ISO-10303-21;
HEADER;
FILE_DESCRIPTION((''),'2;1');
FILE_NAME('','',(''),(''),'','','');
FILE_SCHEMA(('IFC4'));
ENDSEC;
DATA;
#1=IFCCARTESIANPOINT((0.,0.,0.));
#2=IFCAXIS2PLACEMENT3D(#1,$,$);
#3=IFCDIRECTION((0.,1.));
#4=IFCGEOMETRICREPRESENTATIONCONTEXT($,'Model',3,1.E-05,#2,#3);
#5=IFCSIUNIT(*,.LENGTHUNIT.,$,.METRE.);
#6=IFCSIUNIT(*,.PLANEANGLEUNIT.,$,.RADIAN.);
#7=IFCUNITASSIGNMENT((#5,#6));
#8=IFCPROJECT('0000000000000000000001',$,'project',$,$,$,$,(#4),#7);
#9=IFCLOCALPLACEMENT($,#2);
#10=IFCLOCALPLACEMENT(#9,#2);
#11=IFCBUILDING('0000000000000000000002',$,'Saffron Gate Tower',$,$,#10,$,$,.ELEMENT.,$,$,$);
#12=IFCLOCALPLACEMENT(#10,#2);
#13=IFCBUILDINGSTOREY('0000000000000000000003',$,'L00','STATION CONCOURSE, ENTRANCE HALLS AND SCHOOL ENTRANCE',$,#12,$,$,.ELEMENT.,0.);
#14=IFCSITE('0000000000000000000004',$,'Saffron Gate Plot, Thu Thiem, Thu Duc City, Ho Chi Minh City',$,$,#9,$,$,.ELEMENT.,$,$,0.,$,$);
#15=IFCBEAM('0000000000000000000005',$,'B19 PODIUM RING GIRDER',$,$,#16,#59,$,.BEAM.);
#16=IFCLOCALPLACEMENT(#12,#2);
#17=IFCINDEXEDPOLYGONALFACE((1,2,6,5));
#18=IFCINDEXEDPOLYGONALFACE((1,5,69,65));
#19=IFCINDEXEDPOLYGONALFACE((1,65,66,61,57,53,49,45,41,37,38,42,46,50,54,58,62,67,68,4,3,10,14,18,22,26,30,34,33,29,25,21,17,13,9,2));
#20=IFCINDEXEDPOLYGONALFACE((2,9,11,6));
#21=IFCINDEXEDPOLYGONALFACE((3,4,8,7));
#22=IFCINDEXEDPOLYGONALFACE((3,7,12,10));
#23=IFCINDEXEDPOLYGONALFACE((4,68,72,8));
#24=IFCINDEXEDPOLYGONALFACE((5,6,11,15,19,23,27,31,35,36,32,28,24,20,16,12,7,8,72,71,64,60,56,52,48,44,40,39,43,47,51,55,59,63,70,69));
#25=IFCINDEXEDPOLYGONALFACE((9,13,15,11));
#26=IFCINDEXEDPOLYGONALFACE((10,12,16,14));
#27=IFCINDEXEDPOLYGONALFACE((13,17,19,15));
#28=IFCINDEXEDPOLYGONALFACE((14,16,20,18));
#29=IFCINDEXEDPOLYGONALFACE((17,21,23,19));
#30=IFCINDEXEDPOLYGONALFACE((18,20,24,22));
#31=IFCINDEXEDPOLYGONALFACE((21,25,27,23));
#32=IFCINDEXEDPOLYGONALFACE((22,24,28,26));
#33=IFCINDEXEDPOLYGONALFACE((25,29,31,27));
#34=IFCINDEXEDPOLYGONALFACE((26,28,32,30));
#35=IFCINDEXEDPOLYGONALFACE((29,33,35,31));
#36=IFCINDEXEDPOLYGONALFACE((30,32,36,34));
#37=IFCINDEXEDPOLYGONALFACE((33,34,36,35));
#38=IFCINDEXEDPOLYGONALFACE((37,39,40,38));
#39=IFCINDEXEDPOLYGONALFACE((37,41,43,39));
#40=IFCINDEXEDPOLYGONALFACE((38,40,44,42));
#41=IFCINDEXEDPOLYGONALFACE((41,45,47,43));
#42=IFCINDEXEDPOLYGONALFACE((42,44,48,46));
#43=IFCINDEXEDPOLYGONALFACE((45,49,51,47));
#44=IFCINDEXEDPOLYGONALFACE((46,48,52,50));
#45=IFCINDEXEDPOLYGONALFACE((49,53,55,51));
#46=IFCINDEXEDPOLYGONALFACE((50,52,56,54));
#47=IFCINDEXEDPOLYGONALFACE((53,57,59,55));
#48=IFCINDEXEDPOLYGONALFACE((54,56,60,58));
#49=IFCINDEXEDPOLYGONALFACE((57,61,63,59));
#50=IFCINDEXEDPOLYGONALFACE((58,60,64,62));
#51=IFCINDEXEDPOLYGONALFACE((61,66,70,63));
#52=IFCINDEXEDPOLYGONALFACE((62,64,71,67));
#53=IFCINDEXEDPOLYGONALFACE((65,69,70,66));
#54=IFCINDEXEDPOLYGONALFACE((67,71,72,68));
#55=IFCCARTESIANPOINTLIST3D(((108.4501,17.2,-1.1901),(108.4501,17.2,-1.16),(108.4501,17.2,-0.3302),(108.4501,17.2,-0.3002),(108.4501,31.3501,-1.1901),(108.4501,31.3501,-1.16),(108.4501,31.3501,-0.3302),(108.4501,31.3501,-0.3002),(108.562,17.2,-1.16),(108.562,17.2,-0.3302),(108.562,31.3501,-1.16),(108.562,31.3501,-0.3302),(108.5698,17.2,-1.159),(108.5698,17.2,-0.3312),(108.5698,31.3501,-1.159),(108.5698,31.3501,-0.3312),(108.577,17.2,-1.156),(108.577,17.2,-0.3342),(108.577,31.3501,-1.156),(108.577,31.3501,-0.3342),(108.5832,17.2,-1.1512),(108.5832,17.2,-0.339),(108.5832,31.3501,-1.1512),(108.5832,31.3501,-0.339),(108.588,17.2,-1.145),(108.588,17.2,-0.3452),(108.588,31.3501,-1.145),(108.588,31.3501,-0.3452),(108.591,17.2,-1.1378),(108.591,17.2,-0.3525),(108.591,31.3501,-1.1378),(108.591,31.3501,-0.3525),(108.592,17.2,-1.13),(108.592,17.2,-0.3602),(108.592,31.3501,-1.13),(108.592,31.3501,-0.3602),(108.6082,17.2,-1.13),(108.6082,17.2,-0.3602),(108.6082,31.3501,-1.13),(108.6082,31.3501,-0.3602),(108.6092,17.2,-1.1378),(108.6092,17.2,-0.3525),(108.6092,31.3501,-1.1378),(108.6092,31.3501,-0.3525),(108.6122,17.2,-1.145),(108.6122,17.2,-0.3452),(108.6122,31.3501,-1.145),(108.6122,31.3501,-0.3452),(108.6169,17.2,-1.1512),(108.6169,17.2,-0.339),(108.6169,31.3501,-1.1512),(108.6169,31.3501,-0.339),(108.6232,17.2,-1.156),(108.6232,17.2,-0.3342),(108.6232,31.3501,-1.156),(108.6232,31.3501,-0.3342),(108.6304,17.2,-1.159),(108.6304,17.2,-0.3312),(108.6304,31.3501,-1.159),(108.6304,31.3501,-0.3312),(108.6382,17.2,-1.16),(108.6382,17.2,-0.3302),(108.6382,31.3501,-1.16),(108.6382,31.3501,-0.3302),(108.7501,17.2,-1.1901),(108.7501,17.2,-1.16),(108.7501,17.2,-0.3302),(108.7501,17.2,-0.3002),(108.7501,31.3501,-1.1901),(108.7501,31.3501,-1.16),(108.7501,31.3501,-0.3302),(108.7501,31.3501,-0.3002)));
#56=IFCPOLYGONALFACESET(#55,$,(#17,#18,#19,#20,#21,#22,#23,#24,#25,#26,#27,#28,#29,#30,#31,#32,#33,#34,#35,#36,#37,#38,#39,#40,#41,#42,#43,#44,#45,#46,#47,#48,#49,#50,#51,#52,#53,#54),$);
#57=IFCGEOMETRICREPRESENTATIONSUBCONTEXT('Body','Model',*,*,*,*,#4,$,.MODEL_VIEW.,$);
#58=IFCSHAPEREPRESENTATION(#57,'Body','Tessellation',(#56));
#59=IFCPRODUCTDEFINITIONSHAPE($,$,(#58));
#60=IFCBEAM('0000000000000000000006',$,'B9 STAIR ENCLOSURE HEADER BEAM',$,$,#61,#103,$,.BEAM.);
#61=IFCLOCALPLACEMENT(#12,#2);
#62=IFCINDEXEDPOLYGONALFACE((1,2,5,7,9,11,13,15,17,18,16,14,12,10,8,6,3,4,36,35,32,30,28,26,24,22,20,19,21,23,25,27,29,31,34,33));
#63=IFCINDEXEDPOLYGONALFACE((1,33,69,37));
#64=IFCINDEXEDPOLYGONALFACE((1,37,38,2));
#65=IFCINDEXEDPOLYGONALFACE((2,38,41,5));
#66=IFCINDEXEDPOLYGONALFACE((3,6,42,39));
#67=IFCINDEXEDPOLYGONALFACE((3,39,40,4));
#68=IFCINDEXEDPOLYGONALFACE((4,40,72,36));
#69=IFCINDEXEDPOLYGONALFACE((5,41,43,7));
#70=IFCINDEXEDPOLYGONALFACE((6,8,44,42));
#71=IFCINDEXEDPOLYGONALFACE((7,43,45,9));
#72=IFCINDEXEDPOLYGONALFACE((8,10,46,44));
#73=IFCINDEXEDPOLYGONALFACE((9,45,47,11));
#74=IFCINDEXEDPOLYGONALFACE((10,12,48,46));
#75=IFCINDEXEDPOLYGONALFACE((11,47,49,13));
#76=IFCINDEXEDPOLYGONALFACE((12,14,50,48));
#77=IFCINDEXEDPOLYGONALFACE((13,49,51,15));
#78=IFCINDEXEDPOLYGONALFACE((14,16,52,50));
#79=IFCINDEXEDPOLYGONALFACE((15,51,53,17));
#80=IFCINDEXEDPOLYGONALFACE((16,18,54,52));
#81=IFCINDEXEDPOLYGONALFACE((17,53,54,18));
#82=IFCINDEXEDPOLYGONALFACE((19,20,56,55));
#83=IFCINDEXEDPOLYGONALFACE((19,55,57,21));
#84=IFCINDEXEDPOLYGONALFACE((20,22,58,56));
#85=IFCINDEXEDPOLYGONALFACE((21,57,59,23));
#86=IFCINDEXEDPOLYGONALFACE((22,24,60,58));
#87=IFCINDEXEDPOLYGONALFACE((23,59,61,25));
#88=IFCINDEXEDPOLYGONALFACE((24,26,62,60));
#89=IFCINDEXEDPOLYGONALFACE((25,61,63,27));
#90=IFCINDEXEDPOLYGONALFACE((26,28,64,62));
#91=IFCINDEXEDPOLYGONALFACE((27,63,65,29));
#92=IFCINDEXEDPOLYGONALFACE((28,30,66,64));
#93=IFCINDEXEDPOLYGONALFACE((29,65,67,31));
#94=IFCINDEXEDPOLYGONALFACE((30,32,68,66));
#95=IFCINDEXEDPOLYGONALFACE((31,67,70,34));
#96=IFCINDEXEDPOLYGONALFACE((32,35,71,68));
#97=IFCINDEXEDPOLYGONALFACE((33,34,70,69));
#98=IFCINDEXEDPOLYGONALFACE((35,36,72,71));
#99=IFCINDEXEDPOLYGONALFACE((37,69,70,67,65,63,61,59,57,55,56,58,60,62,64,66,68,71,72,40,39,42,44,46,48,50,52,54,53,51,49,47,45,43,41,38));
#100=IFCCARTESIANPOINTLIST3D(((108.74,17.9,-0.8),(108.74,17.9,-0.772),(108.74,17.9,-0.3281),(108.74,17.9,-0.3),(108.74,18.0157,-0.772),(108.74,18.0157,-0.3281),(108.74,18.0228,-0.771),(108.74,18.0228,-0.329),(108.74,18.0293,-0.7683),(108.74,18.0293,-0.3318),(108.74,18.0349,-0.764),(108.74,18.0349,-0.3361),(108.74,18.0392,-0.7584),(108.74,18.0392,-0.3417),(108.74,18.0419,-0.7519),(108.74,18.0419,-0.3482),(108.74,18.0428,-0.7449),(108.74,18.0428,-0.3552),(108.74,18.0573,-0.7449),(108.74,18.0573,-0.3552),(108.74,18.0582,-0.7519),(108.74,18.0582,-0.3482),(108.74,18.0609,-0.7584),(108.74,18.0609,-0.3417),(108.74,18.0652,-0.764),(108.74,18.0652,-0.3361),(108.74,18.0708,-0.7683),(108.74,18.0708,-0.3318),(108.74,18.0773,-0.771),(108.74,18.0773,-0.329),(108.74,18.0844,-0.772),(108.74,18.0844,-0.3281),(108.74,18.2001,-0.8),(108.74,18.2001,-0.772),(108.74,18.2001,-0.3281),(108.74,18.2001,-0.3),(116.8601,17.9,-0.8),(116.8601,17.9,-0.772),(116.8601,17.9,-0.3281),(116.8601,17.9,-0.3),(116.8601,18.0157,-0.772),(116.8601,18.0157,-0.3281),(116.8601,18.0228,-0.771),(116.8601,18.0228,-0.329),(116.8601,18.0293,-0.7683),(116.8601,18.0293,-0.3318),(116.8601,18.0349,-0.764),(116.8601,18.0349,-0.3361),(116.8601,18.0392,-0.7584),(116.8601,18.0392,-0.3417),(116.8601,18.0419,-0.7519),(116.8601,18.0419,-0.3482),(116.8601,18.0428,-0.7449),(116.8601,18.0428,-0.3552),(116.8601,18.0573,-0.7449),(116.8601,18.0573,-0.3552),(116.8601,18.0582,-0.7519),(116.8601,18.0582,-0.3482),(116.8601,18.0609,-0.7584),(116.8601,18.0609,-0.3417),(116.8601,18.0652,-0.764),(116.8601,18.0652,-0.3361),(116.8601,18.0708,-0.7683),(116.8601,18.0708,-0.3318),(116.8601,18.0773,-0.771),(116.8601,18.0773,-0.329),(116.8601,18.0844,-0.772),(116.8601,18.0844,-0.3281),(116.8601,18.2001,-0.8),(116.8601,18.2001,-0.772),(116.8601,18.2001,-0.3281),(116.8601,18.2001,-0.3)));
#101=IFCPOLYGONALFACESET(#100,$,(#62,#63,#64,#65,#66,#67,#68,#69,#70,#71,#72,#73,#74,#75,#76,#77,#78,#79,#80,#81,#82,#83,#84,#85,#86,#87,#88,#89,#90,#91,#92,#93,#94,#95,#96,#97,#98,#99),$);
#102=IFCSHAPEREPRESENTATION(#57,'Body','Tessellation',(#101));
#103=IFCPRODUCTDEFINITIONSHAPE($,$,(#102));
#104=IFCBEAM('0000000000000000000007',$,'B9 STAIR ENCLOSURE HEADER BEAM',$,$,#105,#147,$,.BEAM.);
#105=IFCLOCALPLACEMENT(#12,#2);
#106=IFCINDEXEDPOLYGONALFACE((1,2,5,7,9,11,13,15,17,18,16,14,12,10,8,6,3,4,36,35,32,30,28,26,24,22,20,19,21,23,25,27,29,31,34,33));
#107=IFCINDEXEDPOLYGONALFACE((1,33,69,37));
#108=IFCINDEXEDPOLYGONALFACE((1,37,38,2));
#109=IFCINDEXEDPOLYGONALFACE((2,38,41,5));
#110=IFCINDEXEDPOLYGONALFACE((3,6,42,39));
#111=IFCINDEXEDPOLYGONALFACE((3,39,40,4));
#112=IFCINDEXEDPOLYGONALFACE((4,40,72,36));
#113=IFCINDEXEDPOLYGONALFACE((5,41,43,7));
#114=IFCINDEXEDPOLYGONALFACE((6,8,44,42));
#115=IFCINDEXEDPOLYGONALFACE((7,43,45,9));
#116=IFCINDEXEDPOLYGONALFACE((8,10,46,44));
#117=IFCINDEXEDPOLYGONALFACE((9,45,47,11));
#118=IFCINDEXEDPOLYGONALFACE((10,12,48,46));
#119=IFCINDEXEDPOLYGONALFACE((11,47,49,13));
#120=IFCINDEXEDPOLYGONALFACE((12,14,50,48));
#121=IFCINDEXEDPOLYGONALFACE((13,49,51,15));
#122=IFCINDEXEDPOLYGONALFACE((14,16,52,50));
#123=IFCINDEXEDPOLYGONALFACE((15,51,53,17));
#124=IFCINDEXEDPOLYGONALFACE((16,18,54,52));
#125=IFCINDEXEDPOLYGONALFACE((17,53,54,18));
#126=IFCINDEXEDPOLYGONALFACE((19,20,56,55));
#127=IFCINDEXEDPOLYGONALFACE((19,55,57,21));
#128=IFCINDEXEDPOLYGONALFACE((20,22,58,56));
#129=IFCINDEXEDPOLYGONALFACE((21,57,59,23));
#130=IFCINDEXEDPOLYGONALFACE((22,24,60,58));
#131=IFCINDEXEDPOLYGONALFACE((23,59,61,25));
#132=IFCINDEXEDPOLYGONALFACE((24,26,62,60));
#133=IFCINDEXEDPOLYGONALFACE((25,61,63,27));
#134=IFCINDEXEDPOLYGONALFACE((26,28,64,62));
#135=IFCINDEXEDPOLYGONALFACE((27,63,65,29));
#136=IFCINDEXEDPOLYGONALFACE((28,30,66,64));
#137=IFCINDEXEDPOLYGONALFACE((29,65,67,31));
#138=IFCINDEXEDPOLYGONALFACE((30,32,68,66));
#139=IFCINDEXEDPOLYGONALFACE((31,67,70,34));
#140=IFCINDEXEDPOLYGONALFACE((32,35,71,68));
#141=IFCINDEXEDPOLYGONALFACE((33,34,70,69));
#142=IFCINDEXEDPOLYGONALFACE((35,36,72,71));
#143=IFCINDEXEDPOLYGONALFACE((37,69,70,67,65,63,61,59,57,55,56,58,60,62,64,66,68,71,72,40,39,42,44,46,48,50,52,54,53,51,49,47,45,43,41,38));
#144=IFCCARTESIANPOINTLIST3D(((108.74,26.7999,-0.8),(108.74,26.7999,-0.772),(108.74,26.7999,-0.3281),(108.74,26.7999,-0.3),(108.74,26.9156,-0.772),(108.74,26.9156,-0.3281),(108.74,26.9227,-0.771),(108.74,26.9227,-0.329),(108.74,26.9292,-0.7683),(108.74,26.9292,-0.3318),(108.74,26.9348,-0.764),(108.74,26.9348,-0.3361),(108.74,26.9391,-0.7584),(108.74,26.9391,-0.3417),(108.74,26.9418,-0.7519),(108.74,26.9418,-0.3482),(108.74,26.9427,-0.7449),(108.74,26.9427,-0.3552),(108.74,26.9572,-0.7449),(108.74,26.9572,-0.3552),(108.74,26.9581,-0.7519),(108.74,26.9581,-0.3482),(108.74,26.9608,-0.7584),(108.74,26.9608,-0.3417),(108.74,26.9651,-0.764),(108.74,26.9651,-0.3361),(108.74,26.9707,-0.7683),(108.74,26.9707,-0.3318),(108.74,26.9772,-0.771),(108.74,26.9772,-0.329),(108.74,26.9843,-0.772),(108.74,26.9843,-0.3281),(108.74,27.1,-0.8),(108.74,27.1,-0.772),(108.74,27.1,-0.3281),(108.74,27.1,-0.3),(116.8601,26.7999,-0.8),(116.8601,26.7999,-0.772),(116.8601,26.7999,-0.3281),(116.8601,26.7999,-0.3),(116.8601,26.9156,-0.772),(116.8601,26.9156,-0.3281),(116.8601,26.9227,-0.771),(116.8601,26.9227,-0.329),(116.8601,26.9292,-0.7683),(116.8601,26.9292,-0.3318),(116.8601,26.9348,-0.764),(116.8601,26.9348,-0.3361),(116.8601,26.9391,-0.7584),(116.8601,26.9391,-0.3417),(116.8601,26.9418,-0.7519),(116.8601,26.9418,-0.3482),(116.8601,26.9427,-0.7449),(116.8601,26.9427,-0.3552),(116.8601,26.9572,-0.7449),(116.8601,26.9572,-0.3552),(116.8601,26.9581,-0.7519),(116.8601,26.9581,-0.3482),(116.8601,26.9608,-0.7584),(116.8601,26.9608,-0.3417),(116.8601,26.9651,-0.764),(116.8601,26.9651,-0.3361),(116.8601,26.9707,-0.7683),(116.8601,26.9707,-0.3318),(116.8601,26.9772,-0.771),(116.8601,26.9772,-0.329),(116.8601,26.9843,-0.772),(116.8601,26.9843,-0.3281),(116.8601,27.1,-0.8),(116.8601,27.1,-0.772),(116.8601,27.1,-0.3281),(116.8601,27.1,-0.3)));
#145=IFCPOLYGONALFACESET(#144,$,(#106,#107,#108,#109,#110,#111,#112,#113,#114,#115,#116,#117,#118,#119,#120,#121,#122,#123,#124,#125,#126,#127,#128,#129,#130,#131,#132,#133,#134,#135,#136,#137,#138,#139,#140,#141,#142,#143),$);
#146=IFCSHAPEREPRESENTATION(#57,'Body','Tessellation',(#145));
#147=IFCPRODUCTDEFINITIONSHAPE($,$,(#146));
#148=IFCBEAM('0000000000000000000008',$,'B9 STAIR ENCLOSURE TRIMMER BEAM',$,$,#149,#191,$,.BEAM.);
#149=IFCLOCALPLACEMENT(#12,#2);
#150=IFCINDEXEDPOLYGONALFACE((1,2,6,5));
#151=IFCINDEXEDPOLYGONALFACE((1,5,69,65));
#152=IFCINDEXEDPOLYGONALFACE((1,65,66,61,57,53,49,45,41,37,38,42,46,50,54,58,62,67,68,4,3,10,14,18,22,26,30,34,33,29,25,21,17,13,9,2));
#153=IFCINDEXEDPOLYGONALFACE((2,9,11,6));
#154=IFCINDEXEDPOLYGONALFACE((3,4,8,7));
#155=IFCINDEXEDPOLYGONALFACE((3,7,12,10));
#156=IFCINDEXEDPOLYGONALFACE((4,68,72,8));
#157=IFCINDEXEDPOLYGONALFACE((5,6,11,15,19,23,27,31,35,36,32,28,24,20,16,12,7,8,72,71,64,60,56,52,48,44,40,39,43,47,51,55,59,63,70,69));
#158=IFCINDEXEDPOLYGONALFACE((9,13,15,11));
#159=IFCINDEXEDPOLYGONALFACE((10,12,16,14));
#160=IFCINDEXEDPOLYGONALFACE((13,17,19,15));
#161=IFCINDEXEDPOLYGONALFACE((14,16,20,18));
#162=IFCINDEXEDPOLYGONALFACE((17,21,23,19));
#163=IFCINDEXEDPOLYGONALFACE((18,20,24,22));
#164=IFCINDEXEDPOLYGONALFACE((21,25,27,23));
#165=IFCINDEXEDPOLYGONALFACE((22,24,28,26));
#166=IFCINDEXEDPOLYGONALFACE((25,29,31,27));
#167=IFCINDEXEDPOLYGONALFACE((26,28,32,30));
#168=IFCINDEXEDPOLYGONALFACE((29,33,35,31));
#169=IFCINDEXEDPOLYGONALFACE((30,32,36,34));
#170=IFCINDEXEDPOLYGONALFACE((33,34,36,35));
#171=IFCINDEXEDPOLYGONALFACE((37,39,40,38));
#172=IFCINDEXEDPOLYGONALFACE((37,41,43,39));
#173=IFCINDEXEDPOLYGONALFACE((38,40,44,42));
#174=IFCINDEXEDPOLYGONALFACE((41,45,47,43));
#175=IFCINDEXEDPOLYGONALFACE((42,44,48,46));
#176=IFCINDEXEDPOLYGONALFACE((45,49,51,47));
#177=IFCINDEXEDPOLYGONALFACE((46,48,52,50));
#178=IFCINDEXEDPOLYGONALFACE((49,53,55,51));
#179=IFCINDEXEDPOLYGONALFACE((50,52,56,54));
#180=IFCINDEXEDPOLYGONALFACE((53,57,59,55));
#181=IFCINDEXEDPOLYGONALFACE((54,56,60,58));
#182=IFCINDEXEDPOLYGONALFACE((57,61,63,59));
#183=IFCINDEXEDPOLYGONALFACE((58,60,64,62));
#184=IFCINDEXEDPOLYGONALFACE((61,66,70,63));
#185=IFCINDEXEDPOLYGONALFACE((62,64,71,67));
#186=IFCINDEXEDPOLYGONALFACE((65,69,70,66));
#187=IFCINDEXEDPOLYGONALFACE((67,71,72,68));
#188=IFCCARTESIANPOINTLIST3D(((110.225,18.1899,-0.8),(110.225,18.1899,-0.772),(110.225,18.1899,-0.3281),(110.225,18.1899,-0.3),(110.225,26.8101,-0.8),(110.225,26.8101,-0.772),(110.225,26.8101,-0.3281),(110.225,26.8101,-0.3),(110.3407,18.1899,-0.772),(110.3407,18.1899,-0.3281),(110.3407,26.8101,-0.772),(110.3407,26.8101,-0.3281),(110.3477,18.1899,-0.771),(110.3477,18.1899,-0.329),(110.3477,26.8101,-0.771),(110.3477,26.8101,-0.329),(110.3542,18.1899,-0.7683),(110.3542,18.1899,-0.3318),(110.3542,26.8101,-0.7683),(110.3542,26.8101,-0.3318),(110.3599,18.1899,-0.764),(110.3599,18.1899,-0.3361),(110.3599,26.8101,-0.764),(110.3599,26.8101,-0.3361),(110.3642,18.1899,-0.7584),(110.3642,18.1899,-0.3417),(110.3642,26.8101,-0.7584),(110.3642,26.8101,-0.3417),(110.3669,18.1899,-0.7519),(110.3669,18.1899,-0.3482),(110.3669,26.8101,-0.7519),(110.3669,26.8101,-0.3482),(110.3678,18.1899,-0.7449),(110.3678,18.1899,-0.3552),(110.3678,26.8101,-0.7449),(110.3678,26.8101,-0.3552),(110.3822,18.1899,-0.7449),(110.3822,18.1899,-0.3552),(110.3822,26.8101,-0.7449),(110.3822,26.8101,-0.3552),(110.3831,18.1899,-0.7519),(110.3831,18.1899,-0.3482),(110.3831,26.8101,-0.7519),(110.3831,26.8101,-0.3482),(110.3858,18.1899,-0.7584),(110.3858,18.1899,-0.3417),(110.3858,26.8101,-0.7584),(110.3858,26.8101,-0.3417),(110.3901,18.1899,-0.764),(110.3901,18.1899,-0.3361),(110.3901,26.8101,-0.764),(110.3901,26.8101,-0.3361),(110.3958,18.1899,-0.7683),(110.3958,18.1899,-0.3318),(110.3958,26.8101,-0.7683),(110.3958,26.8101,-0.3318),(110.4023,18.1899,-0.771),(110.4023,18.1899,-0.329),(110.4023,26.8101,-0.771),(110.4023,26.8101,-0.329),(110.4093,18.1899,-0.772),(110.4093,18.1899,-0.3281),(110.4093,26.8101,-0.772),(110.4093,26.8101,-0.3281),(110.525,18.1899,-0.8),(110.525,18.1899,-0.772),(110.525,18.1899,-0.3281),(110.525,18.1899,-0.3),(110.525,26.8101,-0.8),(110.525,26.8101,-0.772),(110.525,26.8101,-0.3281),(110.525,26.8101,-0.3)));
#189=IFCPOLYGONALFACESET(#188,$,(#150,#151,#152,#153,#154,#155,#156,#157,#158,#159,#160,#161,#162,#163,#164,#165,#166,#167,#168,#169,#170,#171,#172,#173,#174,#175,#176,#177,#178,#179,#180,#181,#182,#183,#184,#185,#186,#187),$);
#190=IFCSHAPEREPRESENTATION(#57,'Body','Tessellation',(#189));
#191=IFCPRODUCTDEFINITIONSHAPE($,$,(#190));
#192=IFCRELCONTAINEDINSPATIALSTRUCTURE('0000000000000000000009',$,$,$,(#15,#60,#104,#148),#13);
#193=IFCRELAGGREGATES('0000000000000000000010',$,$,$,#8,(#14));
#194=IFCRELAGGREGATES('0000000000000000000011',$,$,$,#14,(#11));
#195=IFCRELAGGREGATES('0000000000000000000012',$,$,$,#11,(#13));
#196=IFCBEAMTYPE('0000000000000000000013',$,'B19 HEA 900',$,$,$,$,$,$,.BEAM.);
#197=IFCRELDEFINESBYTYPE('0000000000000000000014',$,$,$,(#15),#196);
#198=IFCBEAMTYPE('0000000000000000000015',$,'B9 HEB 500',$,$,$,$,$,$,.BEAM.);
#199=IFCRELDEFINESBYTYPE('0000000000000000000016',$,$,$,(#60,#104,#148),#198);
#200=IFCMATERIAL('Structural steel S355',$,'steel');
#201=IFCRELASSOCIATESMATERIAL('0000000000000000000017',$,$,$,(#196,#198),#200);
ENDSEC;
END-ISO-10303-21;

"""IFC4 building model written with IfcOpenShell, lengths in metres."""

from ifc_helpers import new_model, si_unit, direction, frame, origin, origin_2d, place, context, subcontext, project, spatial, i_section, extrude, material, material_profile, profile_set, type_object, element, save


model = new_model("IFC4")

# Units and contexts
model_context = context("Model", 3, precision=1e-05, world=origin(), true_north=direction((0.0, 1.0)))
body_context = subcontext(model_context, "Body", "Model", "MODEL_VIEW")
ifc_project = project(units=[si_unit("LENGTHUNIT", "METRE"), si_unit("PLANEANGLEUNIT", "RADIAN")], contexts=[model_context])

# Site, building, storey
site_placement = place(None, origin())
site = spatial("IfcSite", under=ifc_project, at=site_placement, Name="Saffron Gate Plot, Thu Thiem, Thu Duc City, Ho Chi Minh City", CompositionType="ELEMENT", RefElevation=0.0)
building_placement = place(site_placement, origin())
building = spatial("IfcBuilding", under=site, at=building_placement, Name="Saffron Gate Tower", CompositionType="ELEMENT")
storey_placement = place(building_placement, origin())
storey = spatial("IfcBuildingStorey", under=building, at=storey_placement, Name="L00", Description="STATION CONCOURSE, ENTRANCE HALLS AND SCHOOL ENTRANCE", CompositionType="ELEMENT", Elevation=0.0)

# Beams
ifc_material_1 = material(Name="Structural steel S355", Category="steel")
ifc_material_profile_1 = material_profile(ifc_material_1, i_section(OverallWidth=0.3, OverallDepth=0.8899, WebThickness=0.0161, FlangeThickness=0.03, FilletRadius=0.03, at=origin_2d()))
ifc_profile_set_1 = profile_set([ifc_material_profile_1], Name="Structural steel S355")
beam_type_1 = type_object("IfcBeamType", Name="B19 HEA 900", PredefinedType="BEAM", material=ifc_profile_set_1)
for number, where, z_axis, x_axis, name in (
    (1, (108.6001, 17.2, -0.7451), (0.0, 1.0, 0.0), (-1.0, 0.0, 0.0), "B19 PODIUM RING GIRDER"),
):
    element("IfcBeam", number, at=place(storey_placement, frame(where, z_axis=z_axis, x_axis=x_axis)), inside=storey, type_object=beam_type_1, Name=name, PredefinedType="BEAM", context=body_context, shape_type="SweptSolid", body=[
        extrude(i_section(OverallWidth=0.3, OverallDepth=0.8899, WebThickness=0.0161, FlangeThickness=0.03, FilletRadius=0.03, at=origin_2d()), origin(), (0.0, 0.0, 1.0), 14.1501),
    ])
ifc_material_profile_2 = material_profile(ifc_material_1, i_section(OverallWidth=0.3, OverallDepth=0.5, WebThickness=0.0144, FlangeThickness=0.0281, FilletRadius=0.0271, at=origin_2d()))
ifc_profile_set_2 = profile_set([ifc_material_profile_2], Name="Structural steel S355")
beam_type_2 = type_object("IfcBeamType", Name="B9 HEB 500", PredefinedType="BEAM", material=ifc_profile_set_2)
for number, where, z_axis, x_axis, name in (
    (2, (108.74, 18.05, -0.55), (1.0, 0.0, 0.0), (0.0, 1.0, 0.0), "B9 STAIR ENCLOSURE HEADER BEAM"),
    (3, (108.74, 26.95, -0.55), (1.0, 0.0, 0.0), (0.0, 1.0, 0.0), "B9 STAIR ENCLOSURE HEADER BEAM"),
):
    element("IfcBeam", number, at=place(storey_placement, frame(where, z_axis=z_axis, x_axis=x_axis)), inside=storey, type_object=beam_type_2, Name=name, PredefinedType="BEAM", context=body_context, shape_type="SweptSolid", body=[
        extrude(i_section(OverallWidth=0.3, OverallDepth=0.5, WebThickness=0.0144, FlangeThickness=0.0281, FilletRadius=0.0271, at=origin_2d()), origin(), (0.0, 0.0, 1.0), 8.1201),
    ])
beam_1_placement = place(storey_placement, frame((110.375, 18.1899, -0.55), z_axis=(0.0, 1.0, 0.0), x_axis=(-1.0, 0.0, 0.0)))
element("IfcBeam", 4, at=beam_1_placement, inside=storey, type_object=beam_type_2, Name="B9 STAIR ENCLOSURE TRIMMER BEAM", PredefinedType="BEAM", context=body_context, shape_type="SweptSolid", body=[
    extrude(i_section(OverallWidth=0.3, OverallDepth=0.5, WebThickness=0.0144, FlangeThickness=0.0281, FilletRadius=0.0271, at=origin_2d()), origin(), (0.0, 0.0, 1.0), 8.6201),
])

save(model, "model.ifc")
